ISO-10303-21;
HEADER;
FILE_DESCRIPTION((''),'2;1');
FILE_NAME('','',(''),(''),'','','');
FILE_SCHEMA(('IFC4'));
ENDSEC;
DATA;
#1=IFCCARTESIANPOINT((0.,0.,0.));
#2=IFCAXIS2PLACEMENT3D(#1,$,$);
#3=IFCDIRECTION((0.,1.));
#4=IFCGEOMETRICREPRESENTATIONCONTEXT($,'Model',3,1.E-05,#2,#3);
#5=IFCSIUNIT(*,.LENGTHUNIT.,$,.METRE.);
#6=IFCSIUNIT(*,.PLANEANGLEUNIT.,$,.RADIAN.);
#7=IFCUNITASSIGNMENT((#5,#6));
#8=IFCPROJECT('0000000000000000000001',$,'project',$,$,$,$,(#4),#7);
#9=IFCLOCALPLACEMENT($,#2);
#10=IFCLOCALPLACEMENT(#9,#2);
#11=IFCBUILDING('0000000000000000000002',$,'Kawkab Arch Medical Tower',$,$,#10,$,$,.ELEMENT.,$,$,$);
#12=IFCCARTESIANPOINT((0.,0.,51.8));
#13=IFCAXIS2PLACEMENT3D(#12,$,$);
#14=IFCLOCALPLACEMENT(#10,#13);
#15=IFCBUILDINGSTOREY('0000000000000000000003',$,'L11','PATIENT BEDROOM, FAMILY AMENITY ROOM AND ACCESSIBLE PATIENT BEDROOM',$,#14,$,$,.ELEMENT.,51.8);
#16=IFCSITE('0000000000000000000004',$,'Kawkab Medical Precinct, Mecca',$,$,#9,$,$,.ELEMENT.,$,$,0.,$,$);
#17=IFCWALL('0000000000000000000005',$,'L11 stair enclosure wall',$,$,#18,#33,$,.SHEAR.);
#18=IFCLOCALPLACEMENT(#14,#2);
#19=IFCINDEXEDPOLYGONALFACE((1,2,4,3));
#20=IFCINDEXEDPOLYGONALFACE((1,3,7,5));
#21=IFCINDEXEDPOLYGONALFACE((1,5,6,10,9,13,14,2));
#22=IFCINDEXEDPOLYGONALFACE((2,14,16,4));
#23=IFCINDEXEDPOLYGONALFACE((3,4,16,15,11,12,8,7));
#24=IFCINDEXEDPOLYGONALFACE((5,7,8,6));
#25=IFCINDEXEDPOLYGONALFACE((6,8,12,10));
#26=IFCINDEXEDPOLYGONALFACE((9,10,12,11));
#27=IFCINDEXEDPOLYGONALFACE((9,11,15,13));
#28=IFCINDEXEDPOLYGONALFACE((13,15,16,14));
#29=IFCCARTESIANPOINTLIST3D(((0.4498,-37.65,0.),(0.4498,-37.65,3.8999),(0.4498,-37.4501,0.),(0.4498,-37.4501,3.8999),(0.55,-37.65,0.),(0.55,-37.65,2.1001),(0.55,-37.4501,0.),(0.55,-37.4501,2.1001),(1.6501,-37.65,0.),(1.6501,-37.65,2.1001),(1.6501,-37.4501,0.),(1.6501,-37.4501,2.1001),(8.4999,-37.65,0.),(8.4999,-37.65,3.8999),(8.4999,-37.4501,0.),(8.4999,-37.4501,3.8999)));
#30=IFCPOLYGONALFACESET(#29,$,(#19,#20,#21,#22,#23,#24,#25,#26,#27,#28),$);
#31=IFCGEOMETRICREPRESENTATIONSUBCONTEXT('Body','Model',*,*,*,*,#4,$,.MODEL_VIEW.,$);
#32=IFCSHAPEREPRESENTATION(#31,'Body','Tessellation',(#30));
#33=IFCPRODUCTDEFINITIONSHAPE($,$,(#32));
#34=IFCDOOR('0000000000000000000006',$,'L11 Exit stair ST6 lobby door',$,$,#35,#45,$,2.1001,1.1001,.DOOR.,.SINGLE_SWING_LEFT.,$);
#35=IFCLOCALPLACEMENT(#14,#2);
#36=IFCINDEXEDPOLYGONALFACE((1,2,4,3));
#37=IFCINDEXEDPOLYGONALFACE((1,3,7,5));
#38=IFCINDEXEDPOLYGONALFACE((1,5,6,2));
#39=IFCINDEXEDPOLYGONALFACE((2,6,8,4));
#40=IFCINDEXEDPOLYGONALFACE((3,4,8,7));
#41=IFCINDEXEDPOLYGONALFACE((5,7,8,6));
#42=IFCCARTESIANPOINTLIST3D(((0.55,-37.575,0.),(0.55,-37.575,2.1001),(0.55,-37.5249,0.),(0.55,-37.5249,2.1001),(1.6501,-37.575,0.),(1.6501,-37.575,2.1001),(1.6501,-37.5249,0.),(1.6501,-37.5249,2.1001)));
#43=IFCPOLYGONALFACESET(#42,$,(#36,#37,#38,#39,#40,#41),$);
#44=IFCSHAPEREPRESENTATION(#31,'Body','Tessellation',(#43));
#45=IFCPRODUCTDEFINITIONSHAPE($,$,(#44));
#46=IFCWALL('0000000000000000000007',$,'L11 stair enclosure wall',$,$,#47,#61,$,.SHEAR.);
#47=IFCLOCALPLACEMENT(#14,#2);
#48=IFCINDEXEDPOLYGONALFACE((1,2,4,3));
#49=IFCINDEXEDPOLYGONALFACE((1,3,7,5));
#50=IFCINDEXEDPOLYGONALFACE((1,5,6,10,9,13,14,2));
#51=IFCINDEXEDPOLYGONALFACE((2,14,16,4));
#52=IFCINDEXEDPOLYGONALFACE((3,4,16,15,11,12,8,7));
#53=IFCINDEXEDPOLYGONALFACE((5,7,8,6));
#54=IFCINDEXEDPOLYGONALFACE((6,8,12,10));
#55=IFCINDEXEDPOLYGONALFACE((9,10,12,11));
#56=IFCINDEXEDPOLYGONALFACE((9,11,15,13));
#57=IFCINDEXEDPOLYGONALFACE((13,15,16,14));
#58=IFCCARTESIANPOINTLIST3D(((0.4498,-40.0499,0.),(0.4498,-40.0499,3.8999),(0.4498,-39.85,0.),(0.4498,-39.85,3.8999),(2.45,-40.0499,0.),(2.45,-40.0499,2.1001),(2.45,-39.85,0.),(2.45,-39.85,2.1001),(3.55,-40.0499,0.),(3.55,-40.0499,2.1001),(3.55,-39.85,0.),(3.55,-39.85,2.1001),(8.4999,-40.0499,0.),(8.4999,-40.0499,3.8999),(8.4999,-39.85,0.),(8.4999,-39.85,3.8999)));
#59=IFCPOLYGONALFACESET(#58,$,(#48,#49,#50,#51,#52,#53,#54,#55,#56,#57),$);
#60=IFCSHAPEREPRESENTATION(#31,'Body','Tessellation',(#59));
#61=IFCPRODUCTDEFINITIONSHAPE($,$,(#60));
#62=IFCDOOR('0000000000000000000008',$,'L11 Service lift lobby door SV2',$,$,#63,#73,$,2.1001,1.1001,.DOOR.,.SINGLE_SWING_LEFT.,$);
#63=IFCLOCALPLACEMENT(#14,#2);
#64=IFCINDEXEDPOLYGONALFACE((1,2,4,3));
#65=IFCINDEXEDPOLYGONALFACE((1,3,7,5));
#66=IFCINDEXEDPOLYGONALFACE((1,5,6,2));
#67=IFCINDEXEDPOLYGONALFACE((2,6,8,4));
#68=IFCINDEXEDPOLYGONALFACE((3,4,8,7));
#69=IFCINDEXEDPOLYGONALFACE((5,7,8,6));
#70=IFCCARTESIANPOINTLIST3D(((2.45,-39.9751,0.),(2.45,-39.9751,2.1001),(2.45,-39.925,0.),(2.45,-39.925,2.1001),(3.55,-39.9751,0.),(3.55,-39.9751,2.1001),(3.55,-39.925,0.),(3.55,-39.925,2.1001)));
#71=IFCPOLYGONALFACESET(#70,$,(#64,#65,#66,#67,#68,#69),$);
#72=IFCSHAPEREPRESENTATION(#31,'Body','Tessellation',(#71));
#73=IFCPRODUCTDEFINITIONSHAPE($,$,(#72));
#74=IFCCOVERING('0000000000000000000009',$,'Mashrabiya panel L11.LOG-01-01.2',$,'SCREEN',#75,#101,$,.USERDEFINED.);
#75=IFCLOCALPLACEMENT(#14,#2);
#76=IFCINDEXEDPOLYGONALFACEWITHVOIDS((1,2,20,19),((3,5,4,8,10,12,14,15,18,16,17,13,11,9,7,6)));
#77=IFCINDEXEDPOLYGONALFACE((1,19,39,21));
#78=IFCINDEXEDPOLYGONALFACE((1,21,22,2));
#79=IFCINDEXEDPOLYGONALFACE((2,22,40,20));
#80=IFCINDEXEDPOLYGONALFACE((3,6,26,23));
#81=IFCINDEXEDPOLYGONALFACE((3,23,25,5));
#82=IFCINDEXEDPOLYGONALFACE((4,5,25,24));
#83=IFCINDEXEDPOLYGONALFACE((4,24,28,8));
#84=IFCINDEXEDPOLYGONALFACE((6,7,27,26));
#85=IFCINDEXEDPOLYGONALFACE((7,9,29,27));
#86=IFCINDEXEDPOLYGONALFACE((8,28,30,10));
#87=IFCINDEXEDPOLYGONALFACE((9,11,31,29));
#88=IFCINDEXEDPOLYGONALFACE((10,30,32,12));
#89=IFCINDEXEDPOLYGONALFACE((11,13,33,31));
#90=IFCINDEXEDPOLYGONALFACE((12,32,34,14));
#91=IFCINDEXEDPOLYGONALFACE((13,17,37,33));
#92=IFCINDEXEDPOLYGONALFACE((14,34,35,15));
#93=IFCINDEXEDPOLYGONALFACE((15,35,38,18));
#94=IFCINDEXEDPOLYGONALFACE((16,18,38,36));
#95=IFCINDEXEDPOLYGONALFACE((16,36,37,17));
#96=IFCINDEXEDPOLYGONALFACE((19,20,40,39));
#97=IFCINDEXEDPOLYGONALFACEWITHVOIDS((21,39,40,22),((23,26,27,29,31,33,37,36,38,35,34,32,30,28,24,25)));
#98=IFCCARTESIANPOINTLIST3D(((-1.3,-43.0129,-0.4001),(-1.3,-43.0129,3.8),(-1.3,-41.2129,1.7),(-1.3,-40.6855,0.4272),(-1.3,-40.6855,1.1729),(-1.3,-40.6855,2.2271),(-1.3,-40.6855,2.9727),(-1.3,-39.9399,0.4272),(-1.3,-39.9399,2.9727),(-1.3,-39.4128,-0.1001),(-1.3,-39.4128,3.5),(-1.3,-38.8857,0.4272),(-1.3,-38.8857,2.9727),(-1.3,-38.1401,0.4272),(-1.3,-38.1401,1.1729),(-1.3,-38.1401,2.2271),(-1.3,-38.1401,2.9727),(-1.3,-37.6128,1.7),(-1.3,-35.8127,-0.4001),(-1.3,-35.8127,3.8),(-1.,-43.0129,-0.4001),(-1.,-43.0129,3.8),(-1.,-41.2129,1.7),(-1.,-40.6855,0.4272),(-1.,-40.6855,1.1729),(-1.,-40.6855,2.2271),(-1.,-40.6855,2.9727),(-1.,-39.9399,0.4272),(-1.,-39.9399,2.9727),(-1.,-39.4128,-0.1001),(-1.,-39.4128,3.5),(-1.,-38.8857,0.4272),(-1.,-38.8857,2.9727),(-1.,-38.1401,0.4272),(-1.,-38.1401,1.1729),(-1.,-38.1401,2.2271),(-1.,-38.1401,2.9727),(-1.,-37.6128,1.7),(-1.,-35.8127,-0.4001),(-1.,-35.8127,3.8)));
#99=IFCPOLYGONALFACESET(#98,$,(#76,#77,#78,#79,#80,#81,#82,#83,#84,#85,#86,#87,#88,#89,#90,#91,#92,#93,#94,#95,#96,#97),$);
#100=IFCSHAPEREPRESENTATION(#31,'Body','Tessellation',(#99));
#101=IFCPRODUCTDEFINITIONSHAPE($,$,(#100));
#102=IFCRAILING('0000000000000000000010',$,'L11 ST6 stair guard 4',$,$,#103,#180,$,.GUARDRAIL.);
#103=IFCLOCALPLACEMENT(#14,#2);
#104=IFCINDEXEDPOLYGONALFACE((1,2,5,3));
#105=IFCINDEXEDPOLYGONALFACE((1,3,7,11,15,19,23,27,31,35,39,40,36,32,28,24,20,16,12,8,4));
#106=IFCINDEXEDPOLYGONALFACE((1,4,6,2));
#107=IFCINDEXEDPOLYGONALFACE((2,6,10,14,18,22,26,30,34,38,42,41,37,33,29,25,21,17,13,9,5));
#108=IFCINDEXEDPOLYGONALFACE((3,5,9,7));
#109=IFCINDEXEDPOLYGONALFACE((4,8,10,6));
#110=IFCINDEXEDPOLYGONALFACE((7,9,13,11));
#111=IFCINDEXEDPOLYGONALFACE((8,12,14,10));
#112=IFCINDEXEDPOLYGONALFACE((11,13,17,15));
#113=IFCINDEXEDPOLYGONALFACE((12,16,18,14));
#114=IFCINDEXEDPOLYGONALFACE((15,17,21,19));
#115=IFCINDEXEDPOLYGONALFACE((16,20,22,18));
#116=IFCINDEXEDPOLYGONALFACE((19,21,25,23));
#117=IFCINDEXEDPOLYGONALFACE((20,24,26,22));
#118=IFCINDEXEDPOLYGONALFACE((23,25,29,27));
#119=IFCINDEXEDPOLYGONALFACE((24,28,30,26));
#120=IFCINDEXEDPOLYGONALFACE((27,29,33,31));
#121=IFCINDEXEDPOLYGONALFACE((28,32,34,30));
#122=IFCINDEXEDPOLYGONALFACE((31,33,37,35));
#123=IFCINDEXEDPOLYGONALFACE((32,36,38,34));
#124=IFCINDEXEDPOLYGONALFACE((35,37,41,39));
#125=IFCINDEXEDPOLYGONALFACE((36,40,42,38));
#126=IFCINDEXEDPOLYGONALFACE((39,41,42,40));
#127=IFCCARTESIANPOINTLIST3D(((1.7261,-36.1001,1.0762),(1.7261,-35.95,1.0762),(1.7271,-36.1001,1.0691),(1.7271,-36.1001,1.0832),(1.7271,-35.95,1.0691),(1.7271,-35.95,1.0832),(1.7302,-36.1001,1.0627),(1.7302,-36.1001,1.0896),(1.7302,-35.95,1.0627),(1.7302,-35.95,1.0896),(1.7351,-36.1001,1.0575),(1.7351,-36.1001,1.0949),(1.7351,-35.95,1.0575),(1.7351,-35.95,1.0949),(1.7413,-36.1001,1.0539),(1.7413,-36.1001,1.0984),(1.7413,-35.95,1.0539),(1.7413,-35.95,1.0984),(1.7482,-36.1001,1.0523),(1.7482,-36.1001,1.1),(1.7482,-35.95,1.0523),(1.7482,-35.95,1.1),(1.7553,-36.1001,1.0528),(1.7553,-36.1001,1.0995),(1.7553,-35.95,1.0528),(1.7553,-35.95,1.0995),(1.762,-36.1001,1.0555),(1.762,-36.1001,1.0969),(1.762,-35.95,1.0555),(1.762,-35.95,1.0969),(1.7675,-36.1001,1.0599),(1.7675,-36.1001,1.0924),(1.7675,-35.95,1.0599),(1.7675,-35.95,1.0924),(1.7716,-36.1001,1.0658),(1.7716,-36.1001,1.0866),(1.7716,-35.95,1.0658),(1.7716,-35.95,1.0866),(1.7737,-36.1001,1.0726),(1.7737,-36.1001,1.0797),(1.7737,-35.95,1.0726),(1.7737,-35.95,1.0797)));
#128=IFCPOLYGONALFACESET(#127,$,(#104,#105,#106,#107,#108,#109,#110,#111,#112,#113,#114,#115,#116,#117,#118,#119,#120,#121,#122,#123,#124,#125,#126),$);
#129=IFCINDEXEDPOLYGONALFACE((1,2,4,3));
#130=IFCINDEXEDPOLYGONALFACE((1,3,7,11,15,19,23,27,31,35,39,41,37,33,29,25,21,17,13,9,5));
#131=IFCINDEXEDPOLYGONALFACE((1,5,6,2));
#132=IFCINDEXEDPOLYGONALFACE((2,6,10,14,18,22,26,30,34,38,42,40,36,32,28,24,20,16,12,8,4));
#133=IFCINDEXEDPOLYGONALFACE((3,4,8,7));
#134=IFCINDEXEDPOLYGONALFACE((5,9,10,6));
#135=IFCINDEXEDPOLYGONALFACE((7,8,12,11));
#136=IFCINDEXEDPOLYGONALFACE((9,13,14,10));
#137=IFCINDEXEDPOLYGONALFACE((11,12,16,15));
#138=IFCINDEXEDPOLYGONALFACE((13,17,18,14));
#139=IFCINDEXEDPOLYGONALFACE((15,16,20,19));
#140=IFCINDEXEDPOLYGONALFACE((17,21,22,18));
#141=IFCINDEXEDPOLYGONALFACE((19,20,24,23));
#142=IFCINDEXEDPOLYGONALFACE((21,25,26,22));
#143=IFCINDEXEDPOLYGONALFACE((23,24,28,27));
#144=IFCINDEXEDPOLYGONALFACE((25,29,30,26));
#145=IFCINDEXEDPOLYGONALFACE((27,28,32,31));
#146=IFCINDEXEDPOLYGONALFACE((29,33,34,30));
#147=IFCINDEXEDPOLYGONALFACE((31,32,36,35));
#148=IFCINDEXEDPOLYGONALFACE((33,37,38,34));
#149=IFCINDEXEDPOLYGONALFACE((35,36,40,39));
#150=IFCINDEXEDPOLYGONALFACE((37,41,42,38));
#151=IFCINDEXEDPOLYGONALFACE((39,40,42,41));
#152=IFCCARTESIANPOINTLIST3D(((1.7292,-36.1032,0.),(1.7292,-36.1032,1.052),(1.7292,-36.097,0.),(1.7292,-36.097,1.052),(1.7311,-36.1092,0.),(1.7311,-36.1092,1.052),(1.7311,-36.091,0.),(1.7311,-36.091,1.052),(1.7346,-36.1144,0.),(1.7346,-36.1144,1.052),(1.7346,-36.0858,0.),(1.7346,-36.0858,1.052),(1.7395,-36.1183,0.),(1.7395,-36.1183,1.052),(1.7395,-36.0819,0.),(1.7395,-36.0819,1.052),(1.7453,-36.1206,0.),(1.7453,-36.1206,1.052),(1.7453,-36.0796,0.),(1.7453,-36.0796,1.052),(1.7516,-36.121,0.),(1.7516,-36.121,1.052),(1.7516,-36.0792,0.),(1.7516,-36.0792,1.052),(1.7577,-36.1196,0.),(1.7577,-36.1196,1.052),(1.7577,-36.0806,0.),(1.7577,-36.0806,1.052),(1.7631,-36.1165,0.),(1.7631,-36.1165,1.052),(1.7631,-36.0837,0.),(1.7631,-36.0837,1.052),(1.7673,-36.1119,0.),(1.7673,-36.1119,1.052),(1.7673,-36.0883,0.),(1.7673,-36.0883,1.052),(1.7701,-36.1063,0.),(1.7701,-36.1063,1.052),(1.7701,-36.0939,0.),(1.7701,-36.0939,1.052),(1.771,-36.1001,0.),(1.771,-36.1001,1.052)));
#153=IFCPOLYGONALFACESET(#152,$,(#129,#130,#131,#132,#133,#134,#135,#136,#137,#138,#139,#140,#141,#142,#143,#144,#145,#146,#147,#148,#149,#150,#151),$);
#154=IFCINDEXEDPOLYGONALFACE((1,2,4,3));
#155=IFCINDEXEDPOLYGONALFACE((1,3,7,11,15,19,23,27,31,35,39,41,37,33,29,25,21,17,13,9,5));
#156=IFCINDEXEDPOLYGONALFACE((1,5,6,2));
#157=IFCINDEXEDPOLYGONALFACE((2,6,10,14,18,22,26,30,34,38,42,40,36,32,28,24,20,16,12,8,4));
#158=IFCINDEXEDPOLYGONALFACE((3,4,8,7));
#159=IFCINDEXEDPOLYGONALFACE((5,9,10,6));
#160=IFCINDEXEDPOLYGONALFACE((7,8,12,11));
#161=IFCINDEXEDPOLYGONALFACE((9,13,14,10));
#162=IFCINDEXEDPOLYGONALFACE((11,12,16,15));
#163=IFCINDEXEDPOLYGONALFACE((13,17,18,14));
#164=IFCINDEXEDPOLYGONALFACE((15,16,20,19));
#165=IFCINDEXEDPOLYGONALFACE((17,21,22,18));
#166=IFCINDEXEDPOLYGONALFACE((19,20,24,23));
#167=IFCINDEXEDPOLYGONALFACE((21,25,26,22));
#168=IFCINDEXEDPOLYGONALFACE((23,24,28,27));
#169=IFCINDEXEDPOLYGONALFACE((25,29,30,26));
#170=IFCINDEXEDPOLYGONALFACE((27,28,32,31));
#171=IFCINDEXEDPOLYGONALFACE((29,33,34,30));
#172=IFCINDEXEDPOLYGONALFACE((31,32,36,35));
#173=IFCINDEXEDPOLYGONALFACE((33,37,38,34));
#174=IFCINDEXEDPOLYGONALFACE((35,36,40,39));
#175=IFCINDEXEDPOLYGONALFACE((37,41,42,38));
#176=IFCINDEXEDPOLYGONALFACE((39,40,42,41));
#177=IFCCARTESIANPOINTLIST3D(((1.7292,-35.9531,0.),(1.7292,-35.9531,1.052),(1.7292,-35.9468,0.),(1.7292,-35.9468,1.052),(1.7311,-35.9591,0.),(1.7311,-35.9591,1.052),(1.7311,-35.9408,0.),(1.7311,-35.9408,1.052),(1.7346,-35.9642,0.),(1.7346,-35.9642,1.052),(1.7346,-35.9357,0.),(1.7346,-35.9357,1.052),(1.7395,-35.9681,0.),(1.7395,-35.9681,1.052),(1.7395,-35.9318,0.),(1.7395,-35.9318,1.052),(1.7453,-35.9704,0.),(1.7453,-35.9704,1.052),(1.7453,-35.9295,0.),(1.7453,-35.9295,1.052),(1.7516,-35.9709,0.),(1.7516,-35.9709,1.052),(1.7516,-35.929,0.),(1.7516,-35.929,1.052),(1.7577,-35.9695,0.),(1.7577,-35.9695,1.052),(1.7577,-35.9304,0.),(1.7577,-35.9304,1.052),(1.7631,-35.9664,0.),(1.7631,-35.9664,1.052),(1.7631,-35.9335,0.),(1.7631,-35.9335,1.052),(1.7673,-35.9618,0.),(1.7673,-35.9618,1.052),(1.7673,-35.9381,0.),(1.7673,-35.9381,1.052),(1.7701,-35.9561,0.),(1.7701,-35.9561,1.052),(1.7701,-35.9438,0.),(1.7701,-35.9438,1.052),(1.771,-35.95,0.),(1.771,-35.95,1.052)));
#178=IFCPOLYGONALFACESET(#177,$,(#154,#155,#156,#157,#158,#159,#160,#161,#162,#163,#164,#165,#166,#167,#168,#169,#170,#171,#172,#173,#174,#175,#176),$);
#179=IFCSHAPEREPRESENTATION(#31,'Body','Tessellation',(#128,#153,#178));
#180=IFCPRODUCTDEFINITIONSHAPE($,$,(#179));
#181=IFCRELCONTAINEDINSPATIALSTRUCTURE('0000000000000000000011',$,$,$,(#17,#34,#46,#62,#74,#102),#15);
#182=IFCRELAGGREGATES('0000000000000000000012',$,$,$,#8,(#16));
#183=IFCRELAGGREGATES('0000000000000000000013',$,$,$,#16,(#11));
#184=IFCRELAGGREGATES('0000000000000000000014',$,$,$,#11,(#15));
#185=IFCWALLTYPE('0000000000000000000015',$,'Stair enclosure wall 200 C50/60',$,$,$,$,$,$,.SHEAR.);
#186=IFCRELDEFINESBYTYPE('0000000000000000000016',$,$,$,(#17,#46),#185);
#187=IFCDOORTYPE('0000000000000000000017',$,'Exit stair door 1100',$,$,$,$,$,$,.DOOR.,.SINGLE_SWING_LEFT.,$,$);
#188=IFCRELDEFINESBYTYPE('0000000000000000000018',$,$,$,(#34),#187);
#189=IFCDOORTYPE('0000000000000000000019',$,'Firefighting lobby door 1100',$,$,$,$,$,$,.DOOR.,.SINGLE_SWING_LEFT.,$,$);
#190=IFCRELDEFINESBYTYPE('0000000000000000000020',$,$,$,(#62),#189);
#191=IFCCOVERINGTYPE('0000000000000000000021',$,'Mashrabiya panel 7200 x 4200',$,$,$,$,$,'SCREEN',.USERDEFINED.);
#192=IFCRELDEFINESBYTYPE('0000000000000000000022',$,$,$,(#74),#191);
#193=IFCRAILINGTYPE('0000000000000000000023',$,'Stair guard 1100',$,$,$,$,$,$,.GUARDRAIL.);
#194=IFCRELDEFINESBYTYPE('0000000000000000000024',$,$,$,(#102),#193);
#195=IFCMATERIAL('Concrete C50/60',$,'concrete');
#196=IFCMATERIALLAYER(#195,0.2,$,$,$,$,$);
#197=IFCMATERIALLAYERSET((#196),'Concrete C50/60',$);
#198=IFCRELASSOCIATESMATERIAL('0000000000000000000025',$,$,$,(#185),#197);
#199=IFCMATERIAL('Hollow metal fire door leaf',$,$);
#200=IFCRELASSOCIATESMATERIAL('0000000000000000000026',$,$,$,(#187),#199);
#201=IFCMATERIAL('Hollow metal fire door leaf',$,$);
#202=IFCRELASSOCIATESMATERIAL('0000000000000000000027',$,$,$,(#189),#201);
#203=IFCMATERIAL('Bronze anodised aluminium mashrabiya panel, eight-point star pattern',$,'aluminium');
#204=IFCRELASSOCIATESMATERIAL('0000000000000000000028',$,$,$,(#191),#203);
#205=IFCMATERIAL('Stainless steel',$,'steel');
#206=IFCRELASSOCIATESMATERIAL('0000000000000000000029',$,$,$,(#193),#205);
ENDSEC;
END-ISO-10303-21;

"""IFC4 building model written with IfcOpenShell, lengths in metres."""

from ifc_helpers import new_model, si_unit, direction, frame, frame_2d, origin, origin_2d, place, context, subcontext, project, spatial, polyline, rectangle, circle, outline, extrude, material, layer, layer_set, material_profile, profile_set, type_object, element, fill, save


model = new_model("IFC4")

# Units and contexts
model_context = context("Model", 3, precision=1e-05, world=origin(), true_north=direction((0.0, 1.0)))
body_context = subcontext(model_context, "Body", "Model", "MODEL_VIEW")
ifc_project = project(units=[si_unit("LENGTHUNIT", "METRE"), si_unit("PLANEANGLEUNIT", "RADIAN")], contexts=[model_context])

# Site, building, storey
site_placement = place(None, origin())
site = spatial("IfcSite", under=ifc_project, at=site_placement, Name="Kawkab Medical Precinct, Mecca", CompositionType="ELEMENT", RefElevation=0.0)
building_placement = place(site_placement, origin())
building = spatial("IfcBuilding", under=site, at=building_placement, Name="Kawkab Arch Medical Tower", CompositionType="ELEMENT")
storey_placement = place(building_placement, frame((0.0, 0.0, 51.8)))
storey = spatial("IfcBuildingStorey", under=building, at=storey_placement, Name="L11", Description="PATIENT BEDROOM, FAMILY AMENITY ROOM AND ACCESSIBLE PATIENT BEDROOM", CompositionType="ELEMENT", Elevation=51.8)

# Walls, openings, doors
ifc_material_1 = material(Name="Concrete C50/60", Category="concrete")
ifc_layer_1 = layer(ifc_material_1, 0.2)
ifc_layer_set_1 = layer_set([ifc_layer_1], Name="Concrete C50/60")
wall_type_1 = type_object("IfcWallType", Name="Stair enclosure wall 200 C50/60", PredefinedType="SHEAR", material=ifc_layer_set_1)
ifc_material_2 = material(Name="Hollow metal fire door leaf")
door_type_1 = type_object("IfcDoorType", Name="Exit stair door 1100", OperationType="SINGLE_SWING_LEFT", PredefinedType="DOOR", material=ifc_material_2)
wall_1_placement = place(storey_placement, frame((0.45, -37.55, 0.0), z_axis=(0.0, 0.0, 1.0), x_axis=(1.0, 0.0, 0.0)))
wall_1 = element("IfcWall", 1, at=wall_1_placement, inside=storey, type_object=wall_type_1, Name="L11 stair enclosure wall", PredefinedType="SHEAR", context=body_context, shape_type="SweptSolid", body=[
    extrude(rectangle(XDim=8.05, YDim=0.2, at=frame_2d((4.0249, 0.0))), origin(), (0.0, 0.0, 1.0), 3.8999),
])
opening_1_placement = place(wall_1_placement, frame((0.1001, 0.0, 0.0)))
opening_1 = element("IfcOpeningElement", 2, at=opening_1_placement, cuts=wall_1, PredefinedType="OPENING", context=body_context, shape_type="SweptSolid", body=[
    extrude(rectangle(XDim=1.1001, YDim=2.1001, at=frame_2d((0.55, 1.05))), frame((0.0, 0.1099, 0.0), z_axis=(0.0, -1.0, 0.0), x_axis=(1.0, 0.0, 0.0)), (0.0, 0.0, 1.0), 0.22),
])
door_1_placement = place(opening_1_placement, frame((1.1001, 0.0, 0.0), z_axis=(0.0, 0.0, 1.0), x_axis=(-1.0, 0.0, 0.0)))
door_1 = element("IfcDoor", 3, at=door_1_placement, inside=storey, type_object=door_type_1, Name="L11 Exit stair ST6 lobby door", OperationType="SINGLE_SWING_LEFT", OverallHeight=2.1001, OverallWidth=1.1001, PredefinedType="DOOR", context=body_context, shape_type="SweptSolid", body=[
    extrude(rectangle(XDim=1.1001, YDim=2.1001, at=frame_2d((0.55, 1.05))), frame((0.0, 0.0249, 0.0), z_axis=(0.0, -1.0, 0.0), x_axis=(1.0, 0.0, 0.0)), (0.0, 0.0, 1.0), 0.05),
])
fill(opening_1, door_1)
wall_2_placement = place(storey_placement, frame((0.45, -39.95, 0.0), z_axis=(0.0, 0.0, 1.0), x_axis=(1.0, 0.0, 0.0)))
wall_2 = element("IfcWall", 4, at=wall_2_placement, inside=storey, type_object=wall_type_1, Name="L11 stair enclosure wall", PredefinedType="SHEAR", context=body_context, shape_type="SweptSolid", body=[
    extrude(rectangle(XDim=8.05, YDim=0.2, at=frame_2d((4.0249, 0.0))), origin(), (0.0, 0.0, 1.0), 3.8999),
])
opening_2_placement = place(wall_2_placement, frame((2.0, 0.0, 0.0)))
opening_2 = element("IfcOpeningElement", 5, at=opening_2_placement, cuts=wall_2, PredefinedType="OPENING", context=body_context, shape_type="SweptSolid", body=[
    extrude(rectangle(XDim=1.1001, YDim=2.1001, at=frame_2d((0.55, 1.05))), frame((0.0, 0.1099, 0.0), z_axis=(0.0, -1.0, 0.0), x_axis=(1.0, 0.0, 0.0)), (0.0, 0.0, 1.0), 0.22),
])
ifc_material_3 = material(Name="Hollow metal fire door leaf")
door_type_2 = type_object("IfcDoorType", Name="Firefighting lobby door 1100", OperationType="SINGLE_SWING_LEFT", PredefinedType="DOOR", material=ifc_material_3)
door_2_placement = place(opening_2_placement, origin())
door_2 = element("IfcDoor", 6, at=door_2_placement, inside=storey, type_object=door_type_2, Name="L11 Service lift lobby door SV2", OperationType="SINGLE_SWING_LEFT", OverallHeight=2.1001, OverallWidth=1.1001, PredefinedType="DOOR", context=body_context, shape_type="SweptSolid", body=[
    extrude(rectangle(XDim=1.1001, YDim=2.1001, at=frame_2d((0.55, 1.05))), frame((0.0, 0.0249, 0.0), z_axis=(0.0, -1.0, 0.0), x_axis=(1.0, 0.0, 0.0)), (0.0, 0.0, 1.0), 0.05),
])
fill(opening_2, door_2)

# Covering
ifc_material_4 = material(Name="Bronze anodised aluminium mashrabiya panel, eight-point star pattern", Category="aluminium")
ifc_material_profile_1 = material_profile(ifc_material_4, outline(polyline([(-3.6001, -2.1001), (3.6001, -2.1001), (3.6001, 2.1001), (-3.6001, 2.1001), (-3.6001, -2.1001)]), holes=[polyline([(1.8, 0.0), (1.2727, 0.5271), (1.2727, 1.2727), (0.5271, 1.2727), (0.0, 1.8), (-0.5271, 1.2727), (-1.2727, 1.2727), (-1.2727, 0.5271), (-1.8, 0.0), (-1.2727, -0.5271), (-1.2727, -1.2727), (-0.5271, -1.2727), (0.0, -1.8), (0.5271, -1.2727), (1.2727, -1.2727), (1.2727, -0.5271), (1.8, 0.0)])]), Name="Mashrabiya panel 7200x4200")
ifc_profile_set_1 = profile_set([ifc_material_profile_1], Name="Bronze anodised aluminium mashrabiya panel, eight-point star pattern")
covering_type = type_object("IfcCoveringType", Name="Mashrabiya panel 7200 x 4200", ElementType="SCREEN", PredefinedType="USERDEFINED", material=ifc_profile_set_1)
covering_placement = place(storey_placement, frame((-1.0, -39.4128, 1.7), z_axis=(-1.0, 0.0, 0.0), x_axis=(0.0, -1.0, 0.0)))
element("IfcCovering", 7, at=covering_placement, inside=storey, type_object=covering_type, Name="Mashrabiya panel L11.LOG-01-01.2", ObjectType="SCREEN", PredefinedType="USERDEFINED", context=body_context, shape_type="SweptSolid", body=[
    extrude(outline(polyline([(-3.6001, -2.1001), (3.6001, -2.1001), (3.6001, 2.1001), (-3.6001, 2.1001), (-3.6001, -2.1001)]), holes=[polyline([(1.8, 0.0), (1.2727, 0.5271), (1.2727, 1.2727), (0.5271, 1.2727), (0.0, 1.8), (-0.5271, 1.2727), (-1.2727, 1.2727), (-1.2727, 0.5271), (-1.8, 0.0), (-1.2727, -0.5271), (-1.2727, -1.2727), (-0.5271, -1.2727), (0.0, -1.8), (0.5271, -1.2727), (1.2727, -1.2727), (1.2727, -0.5271), (1.8, 0.0)])]), origin(), (0.0, 0.0, 1.0), 0.3),
])

# Railing
ifc_material_5 = material(Name="Stainless steel", Category="steel")
railing_type = type_object("IfcRailingType", Name="Stair guard 1100", PredefinedType="GUARDRAIL", material=ifc_material_5)
railing_placement = place(storey_placement, frame((1.75, -36.1001, 0.0)))
element("IfcRailing", 8, at=railing_placement, inside=storey, type_object=railing_type, Name="L11 ST6 stair guard 4", PredefinedType="GUARDRAIL", context=body_context, shape_type="SweptSolid", body=[
    extrude(circle(Radius=0.0239, at=origin_2d()), frame((0.0, 0.0, 1.0762), z_axis=(0.0, 1.0, 0.0), x_axis=(-1.0, 0.0, 0.0)), (0.0, 0.0, 1.0), 0.1501),
    extrude(circle(Radius=0.021, at=origin_2d()), origin(), (0.0, 0.0, 1.0), 1.052),
    extrude(circle(Radius=0.021, at=origin_2d()), frame((0.0, 0.1501, 0.0)), (0.0, 0.0, 1.0), 1.052),
])

save(model, "model.ifc")
